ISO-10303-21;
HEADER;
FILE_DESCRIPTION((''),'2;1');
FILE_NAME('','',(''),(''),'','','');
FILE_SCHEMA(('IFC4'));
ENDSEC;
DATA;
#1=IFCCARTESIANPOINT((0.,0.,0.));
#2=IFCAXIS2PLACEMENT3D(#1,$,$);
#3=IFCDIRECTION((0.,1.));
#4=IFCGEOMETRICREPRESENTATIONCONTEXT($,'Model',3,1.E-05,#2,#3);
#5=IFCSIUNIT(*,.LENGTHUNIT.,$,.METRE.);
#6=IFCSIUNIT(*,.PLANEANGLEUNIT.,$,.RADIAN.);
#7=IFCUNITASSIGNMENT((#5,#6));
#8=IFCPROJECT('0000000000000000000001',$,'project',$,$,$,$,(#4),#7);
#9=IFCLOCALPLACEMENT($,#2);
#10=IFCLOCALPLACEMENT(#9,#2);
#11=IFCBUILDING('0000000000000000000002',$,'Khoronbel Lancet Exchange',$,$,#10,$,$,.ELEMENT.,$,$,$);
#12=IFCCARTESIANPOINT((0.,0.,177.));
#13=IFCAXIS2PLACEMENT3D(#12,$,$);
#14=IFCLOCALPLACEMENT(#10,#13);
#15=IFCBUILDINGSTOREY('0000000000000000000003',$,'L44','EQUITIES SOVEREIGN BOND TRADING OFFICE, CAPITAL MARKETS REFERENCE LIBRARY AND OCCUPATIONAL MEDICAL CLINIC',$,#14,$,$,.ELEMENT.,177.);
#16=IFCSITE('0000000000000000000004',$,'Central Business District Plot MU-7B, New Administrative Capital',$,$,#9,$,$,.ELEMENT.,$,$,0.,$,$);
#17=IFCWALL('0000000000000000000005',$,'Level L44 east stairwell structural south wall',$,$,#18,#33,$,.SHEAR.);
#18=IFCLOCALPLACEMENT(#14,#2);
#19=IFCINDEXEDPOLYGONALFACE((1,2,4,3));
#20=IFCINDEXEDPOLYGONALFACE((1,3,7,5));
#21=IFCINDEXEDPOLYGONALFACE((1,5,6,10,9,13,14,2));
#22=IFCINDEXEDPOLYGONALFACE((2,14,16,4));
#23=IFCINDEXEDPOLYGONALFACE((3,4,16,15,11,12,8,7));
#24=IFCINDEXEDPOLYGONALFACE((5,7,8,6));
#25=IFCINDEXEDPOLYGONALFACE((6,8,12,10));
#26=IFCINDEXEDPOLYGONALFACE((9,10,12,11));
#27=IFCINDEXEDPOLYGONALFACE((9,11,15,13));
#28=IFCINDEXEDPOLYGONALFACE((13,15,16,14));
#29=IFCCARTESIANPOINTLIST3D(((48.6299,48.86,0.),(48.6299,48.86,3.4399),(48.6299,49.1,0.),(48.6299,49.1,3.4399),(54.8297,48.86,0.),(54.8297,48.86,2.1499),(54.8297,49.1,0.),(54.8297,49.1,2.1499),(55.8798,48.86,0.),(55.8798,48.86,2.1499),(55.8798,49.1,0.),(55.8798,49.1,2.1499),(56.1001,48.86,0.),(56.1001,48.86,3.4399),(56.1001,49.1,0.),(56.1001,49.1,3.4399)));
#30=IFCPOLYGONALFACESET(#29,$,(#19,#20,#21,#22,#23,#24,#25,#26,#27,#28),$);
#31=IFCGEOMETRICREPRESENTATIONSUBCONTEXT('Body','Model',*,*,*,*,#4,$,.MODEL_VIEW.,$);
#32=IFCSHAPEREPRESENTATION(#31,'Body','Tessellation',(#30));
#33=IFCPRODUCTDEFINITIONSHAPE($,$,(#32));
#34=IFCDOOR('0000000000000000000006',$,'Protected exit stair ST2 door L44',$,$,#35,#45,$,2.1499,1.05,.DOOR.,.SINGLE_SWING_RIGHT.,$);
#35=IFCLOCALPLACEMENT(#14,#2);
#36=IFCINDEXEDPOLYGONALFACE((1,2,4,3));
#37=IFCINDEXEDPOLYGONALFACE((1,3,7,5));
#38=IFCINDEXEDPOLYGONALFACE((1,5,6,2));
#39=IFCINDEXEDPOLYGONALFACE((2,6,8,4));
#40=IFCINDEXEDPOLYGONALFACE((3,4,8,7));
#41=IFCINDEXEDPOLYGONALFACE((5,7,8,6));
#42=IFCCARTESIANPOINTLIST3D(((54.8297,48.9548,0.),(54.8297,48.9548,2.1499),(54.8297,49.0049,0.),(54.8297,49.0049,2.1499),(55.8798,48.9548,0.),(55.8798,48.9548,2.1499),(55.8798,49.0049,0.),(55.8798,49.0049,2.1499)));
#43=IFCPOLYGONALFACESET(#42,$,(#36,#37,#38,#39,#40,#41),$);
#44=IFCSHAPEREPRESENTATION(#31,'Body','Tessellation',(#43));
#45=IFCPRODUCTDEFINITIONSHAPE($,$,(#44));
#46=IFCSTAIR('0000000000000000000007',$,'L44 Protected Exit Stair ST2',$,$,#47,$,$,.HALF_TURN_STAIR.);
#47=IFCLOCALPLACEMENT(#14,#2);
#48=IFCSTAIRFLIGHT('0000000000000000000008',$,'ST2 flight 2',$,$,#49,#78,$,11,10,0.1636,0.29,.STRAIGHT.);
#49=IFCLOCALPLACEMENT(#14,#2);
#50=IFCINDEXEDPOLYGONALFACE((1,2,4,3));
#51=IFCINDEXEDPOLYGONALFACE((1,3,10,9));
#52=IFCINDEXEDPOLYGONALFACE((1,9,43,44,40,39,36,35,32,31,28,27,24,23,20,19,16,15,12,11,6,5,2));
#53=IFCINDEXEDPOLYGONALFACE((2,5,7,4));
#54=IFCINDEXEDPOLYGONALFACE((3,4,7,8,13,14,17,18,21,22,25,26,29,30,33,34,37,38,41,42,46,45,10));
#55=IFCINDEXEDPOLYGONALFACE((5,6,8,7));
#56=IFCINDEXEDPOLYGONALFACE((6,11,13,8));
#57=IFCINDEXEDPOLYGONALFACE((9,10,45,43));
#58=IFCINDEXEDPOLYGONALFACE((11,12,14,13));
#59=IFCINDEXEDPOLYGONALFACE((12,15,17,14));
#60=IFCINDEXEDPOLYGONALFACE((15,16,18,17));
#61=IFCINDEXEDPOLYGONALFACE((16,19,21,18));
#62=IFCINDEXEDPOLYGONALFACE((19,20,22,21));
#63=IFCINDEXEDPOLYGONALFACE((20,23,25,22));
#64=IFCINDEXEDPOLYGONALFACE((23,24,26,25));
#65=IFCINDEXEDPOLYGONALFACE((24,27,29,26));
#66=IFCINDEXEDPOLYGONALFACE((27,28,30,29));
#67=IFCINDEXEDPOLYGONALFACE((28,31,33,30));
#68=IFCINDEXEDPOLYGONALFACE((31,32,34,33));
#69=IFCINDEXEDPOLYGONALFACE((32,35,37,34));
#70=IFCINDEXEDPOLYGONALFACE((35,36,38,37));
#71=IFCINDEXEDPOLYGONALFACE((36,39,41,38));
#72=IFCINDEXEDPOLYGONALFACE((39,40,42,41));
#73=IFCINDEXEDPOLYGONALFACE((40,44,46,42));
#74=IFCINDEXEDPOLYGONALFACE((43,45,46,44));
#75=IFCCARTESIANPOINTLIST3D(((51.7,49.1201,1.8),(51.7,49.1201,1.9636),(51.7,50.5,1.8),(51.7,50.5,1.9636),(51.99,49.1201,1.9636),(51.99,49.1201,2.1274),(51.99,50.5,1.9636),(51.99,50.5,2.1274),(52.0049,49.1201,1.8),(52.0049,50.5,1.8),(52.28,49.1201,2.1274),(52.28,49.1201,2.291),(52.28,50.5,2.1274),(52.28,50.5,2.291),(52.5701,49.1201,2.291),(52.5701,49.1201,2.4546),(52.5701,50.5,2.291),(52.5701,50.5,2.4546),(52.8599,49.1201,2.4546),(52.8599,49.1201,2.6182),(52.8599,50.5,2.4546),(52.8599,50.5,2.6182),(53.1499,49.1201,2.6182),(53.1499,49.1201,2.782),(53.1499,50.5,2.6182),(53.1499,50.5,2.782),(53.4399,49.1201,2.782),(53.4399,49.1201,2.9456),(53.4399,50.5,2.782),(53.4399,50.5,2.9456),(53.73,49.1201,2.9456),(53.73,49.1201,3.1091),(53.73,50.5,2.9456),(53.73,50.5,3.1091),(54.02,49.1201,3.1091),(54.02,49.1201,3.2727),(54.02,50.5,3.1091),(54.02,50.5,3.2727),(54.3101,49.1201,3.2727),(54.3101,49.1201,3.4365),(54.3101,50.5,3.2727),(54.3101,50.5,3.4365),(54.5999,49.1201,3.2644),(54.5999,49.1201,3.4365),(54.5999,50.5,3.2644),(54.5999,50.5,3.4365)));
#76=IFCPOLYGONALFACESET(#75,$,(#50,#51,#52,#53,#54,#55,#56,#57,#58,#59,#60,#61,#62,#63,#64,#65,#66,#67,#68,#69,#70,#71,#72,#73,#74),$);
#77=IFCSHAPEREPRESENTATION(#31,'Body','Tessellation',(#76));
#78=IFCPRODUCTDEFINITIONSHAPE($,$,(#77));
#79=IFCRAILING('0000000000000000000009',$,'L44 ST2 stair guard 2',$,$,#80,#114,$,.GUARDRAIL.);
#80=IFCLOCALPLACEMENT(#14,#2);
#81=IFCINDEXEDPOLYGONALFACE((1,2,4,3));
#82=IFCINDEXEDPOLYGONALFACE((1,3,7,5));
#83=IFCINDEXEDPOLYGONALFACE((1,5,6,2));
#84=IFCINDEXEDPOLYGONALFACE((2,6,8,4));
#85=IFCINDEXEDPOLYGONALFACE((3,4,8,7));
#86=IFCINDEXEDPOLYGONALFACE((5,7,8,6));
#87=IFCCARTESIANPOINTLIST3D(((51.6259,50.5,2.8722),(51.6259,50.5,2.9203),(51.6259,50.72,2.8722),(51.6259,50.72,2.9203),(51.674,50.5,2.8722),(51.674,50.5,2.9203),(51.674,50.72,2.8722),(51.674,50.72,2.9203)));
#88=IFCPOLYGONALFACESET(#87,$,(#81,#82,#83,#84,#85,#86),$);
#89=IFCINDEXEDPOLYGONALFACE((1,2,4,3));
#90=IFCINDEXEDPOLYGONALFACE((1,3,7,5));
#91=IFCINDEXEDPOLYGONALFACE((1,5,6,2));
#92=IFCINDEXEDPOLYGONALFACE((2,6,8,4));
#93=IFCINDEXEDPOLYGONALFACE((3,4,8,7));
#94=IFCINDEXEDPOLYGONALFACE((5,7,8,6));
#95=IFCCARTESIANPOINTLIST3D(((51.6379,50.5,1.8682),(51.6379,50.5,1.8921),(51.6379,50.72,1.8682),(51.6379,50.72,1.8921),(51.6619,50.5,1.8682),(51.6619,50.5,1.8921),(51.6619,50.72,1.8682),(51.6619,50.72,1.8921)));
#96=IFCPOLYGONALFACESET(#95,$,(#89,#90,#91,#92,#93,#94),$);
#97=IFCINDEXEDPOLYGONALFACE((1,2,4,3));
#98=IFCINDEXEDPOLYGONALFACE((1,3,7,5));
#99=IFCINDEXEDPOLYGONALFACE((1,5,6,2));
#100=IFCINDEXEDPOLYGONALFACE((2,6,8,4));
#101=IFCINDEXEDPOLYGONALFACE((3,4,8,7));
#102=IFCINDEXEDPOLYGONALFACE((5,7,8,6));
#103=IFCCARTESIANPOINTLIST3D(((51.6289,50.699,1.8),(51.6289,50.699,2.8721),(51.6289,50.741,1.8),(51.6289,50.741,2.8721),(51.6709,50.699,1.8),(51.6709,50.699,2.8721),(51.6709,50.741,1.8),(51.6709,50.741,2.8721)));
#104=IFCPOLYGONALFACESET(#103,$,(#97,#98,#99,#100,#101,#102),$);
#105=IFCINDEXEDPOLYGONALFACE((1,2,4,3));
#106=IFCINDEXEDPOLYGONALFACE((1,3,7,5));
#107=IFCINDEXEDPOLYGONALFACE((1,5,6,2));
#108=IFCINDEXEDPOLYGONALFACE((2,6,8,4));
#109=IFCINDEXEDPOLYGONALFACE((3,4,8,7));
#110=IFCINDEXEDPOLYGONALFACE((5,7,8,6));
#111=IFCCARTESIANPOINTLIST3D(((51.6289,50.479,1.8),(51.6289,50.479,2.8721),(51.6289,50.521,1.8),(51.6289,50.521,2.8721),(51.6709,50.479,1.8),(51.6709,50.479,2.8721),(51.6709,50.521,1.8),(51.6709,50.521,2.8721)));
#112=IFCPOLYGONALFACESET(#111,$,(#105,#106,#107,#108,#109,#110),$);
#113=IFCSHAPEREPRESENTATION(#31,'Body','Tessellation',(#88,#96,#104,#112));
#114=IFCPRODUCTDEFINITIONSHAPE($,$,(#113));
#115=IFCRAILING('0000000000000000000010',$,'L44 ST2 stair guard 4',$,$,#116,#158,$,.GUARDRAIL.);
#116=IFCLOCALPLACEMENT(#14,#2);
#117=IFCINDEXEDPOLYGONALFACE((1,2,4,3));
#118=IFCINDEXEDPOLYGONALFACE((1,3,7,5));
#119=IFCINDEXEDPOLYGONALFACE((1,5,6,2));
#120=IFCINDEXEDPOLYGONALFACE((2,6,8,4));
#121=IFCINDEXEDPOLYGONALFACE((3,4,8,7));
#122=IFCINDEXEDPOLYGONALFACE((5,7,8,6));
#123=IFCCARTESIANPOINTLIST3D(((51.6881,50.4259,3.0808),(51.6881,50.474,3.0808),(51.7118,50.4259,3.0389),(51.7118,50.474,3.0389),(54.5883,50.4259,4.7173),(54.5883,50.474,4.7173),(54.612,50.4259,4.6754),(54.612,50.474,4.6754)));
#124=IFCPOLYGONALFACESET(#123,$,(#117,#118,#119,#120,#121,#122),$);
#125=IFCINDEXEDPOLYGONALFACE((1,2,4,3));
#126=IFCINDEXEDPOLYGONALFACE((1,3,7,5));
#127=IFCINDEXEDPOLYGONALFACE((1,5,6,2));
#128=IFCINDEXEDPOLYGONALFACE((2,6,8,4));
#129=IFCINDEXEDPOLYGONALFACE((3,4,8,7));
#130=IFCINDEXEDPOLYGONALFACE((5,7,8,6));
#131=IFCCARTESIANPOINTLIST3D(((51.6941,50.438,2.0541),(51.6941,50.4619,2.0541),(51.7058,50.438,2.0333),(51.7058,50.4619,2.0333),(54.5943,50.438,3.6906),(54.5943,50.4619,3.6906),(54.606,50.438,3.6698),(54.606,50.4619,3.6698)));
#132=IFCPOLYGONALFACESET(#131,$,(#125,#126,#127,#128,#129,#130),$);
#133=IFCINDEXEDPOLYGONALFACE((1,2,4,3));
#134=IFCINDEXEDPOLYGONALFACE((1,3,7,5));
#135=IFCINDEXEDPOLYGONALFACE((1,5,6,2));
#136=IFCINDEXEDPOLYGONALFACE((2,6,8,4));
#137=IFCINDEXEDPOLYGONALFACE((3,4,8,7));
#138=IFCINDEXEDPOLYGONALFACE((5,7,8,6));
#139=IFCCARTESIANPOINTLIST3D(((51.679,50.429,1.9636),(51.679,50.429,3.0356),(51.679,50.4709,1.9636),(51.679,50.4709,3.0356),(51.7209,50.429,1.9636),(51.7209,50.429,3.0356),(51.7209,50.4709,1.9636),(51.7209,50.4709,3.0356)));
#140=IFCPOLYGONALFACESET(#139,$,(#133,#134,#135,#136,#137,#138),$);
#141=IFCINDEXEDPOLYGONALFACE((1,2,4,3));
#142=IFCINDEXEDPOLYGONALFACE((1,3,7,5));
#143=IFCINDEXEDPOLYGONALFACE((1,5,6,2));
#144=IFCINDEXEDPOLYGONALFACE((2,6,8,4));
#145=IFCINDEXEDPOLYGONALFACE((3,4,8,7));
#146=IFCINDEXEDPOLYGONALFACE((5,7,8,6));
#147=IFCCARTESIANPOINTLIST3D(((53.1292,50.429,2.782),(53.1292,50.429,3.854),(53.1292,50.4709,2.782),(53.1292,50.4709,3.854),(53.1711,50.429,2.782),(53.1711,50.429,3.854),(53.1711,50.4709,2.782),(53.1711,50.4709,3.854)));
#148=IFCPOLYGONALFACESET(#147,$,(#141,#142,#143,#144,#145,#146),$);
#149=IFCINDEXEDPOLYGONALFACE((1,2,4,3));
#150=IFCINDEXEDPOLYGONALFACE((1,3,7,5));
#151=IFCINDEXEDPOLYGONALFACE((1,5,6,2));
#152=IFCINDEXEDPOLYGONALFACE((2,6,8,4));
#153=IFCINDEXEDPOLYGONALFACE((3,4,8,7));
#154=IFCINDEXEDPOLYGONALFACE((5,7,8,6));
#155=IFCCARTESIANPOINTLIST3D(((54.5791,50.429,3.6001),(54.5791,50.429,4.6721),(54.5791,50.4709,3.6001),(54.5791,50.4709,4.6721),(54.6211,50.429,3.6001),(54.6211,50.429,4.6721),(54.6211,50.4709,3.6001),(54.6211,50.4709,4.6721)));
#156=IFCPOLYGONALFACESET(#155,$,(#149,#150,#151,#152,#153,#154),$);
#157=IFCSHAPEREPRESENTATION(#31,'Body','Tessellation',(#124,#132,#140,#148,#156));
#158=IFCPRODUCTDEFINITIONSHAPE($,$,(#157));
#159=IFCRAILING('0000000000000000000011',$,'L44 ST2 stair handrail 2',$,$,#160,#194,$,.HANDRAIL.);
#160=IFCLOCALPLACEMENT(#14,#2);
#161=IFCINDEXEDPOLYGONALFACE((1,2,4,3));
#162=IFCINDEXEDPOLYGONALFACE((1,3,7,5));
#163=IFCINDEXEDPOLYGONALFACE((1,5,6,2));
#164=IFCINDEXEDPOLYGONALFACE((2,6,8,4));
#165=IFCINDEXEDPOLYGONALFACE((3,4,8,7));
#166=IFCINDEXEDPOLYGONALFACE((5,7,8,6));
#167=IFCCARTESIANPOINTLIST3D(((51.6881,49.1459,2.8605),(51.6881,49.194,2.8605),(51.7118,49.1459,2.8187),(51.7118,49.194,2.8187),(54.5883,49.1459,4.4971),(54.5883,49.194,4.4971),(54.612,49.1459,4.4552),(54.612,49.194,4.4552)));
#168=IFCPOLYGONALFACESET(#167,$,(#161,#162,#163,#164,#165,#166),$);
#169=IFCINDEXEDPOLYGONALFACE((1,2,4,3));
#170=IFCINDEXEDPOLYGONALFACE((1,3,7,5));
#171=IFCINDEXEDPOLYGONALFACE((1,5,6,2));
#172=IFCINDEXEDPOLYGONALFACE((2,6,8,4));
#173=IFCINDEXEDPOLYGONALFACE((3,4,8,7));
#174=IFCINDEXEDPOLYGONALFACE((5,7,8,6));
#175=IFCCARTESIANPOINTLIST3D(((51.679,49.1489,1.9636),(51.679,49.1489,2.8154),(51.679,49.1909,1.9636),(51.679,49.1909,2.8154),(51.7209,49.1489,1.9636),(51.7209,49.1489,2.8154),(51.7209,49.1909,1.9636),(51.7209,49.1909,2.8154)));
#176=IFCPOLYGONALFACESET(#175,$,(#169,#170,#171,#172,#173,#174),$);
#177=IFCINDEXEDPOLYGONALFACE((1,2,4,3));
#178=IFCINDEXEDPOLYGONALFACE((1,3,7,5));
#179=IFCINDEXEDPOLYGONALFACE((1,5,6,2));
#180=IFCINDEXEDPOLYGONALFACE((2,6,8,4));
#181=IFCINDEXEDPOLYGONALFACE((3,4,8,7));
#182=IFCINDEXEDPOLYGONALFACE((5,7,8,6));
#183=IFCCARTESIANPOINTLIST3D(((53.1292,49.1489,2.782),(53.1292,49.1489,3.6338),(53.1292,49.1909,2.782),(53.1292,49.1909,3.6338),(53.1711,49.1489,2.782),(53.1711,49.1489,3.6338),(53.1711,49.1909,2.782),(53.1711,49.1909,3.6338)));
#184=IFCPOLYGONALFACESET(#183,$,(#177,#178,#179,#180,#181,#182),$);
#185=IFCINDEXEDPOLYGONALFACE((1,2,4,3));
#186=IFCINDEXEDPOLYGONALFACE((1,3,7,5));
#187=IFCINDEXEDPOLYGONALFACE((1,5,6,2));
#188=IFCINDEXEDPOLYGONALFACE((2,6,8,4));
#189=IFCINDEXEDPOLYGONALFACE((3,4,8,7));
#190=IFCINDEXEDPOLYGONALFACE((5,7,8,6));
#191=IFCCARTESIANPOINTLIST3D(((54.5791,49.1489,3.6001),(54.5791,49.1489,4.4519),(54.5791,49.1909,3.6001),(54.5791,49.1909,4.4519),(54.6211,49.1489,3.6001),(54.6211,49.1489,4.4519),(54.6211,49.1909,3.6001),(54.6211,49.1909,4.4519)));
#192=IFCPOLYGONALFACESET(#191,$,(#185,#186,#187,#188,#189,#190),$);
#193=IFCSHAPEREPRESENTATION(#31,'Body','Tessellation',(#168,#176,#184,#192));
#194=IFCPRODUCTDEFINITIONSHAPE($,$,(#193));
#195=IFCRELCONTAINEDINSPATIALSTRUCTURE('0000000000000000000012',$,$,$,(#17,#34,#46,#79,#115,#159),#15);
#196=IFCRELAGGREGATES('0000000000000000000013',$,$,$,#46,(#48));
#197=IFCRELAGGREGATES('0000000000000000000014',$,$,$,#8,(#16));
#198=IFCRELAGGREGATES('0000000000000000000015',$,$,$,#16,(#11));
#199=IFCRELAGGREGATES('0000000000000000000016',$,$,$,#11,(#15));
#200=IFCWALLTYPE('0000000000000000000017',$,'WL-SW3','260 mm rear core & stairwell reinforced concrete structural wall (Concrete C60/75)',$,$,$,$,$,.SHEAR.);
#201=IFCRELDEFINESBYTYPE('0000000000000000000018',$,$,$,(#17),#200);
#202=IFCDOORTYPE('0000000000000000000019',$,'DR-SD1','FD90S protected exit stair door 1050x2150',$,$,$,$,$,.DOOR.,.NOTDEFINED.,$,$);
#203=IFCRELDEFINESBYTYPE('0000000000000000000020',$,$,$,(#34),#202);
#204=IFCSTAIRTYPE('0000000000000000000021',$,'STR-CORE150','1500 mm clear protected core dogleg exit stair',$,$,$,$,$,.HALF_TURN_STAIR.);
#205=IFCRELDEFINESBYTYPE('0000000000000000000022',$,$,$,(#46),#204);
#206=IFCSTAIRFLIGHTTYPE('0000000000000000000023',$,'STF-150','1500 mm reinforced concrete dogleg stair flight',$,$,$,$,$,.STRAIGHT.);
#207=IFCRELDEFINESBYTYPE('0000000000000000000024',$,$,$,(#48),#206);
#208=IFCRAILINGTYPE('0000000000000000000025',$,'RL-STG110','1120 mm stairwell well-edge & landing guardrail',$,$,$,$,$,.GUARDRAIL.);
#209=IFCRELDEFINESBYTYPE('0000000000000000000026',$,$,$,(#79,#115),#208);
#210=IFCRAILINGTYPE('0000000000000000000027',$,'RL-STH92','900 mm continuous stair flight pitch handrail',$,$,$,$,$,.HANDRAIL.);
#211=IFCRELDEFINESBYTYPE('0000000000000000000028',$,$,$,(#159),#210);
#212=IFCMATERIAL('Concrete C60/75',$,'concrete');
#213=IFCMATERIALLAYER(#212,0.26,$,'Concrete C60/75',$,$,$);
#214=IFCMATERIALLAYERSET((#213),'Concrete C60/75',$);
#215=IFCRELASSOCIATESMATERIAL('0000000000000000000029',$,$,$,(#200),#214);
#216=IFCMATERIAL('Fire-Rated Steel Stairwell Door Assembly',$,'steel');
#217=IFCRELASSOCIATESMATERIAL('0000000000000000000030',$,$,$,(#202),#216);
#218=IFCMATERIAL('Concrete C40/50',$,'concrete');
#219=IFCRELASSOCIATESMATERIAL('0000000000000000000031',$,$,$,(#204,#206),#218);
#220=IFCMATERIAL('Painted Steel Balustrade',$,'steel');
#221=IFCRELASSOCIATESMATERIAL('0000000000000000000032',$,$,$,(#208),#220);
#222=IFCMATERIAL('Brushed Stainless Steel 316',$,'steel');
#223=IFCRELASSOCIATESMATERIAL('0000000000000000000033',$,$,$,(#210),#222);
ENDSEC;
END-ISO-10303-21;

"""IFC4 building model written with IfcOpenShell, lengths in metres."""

from ifc_helpers import new_model, si_unit, direction, frame, frame_2d, origin, origin_2d, place, context, subcontext, project, spatial, polyline, rectangle, outline, extrude, material, layer, layer_set, type_object, element, fill, aggregate, save


model = new_model("IFC4")

# Units and contexts
model_context = context("Model", 3, precision=1e-05, world=origin(), true_north=direction((0.0, 1.0)))
body_context = subcontext(model_context, "Body", "Model", "MODEL_VIEW")
ifc_project = project(units=[si_unit("LENGTHUNIT", "METRE"), si_unit("PLANEANGLEUNIT", "RADIAN")], contexts=[model_context])

# Site, building, storey
site_placement = place(None, origin())
site = spatial("IfcSite", under=ifc_project, at=site_placement, Name="Central Business District Plot MU-7B, New Administrative Capital", CompositionType="ELEMENT", RefElevation=0.0)
building_placement = place(site_placement, origin())
building = spatial("IfcBuilding", under=site, at=building_placement, Name="Khoronbel Lancet Exchange", CompositionType="ELEMENT")
storey_placement = place(building_placement, frame((0.0, 0.0, 177.0)))
storey = spatial("IfcBuildingStorey", under=building, at=storey_placement, Name="L44", Description="EQUITIES SOVEREIGN BOND TRADING OFFICE, CAPITAL MARKETS REFERENCE LIBRARY AND OCCUPATIONAL MEDICAL CLINIC", CompositionType="ELEMENT", Elevation=177.0)

# Shared definitions
ifc_material_1 = material(Name="Concrete C60/75", Category="concrete")

# Wall, opening, door
ifc_layer_1 = layer(ifc_material_1, 0.26, Name="Concrete C60/75")
ifc_layer_set_1 = layer_set([ifc_layer_1], Name="Concrete C60/75")
wall_type_1 = type_object("IfcWallType", Name="WL-SW3", Description="260 mm rear core & stairwell reinforced concrete structural wall (Concrete C60/75)", PredefinedType="SHEAR", material=ifc_layer_set_1)
wall_1_placement = place(storey_placement, frame((48.6299, 48.98, 0.0), z_axis=(0.0, 0.0, 1.0), x_axis=(1.0, 0.0, 0.0)))
wall_1 = element("IfcWall", 1, at=wall_1_placement, inside=storey, type_object=wall_type_1, Name="Level L44 east stairwell structural south wall", PredefinedType="SHEAR", context=body_context, shape_type="SweptSolid", body=[
    extrude(rectangle(XDim=7.4702, YDim=0.24, at=frame_2d((3.7351, 0.0))), origin(), (0.0, 0.0, 1.0), 3.4399),
])
opening_1_placement = place(wall_1_placement, frame((6.2, 0.0, 0.0)))
opening_1 = element("IfcOpeningElement", 2, at=opening_1_placement, cuts=wall_1, PredefinedType="OPENING", context=body_context, shape_type="SweptSolid", body=[
    extrude(rectangle(XDim=1.05, YDim=2.1499, at=frame_2d((0.5249, 1.075))), frame((0.0, 0.1299, 0.0), z_axis=(0.0, -1.0, 0.0), x_axis=(1.0, 0.0, 0.0)), (0.0, 0.0, 1.0), 0.26),
])
ifc_material_2 = material(Name="Fire-Rated Steel Stairwell Door Assembly", Category="steel")
door_type_1 = type_object("IfcDoorType", Name="DR-SD1", Description="FD90S protected exit stair door 1050x2150", OperationType="NOTDEFINED", PredefinedType="DOOR", material=ifc_material_2)
door_1_placement = place(opening_1_placement, origin())
door_1 = element("IfcDoor", 3, at=door_1_placement, inside=storey, type_object=door_type_1, Name="Protected exit stair ST2 door L44", OperationType="SINGLE_SWING_RIGHT", OverallHeight=2.1499, OverallWidth=1.05, PredefinedType="DOOR", context=body_context, shape_type="SweptSolid", body=[
    extrude(rectangle(XDim=1.05, YDim=2.1499, at=frame_2d((0.5249, 1.075))), frame((0.0, 0.0249, 0.0), z_axis=(0.0, -1.0, 0.0), x_axis=(1.0, 0.0, 0.0)), (0.0, 0.0, 1.0), 0.05),
])
fill(opening_1, door_1)

# Stair, stair flight
ifc_material_3 = material(Name="Concrete C40/50", Category="concrete")
stair_type = type_object("IfcStairType", Name="STR-CORE150", Description="1500 mm clear protected core dogleg exit stair", PredefinedType="HALF_TURN_STAIR", material=ifc_material_3)
stair_placement = place(storey_placement, origin())
stair = element("IfcStair", 4, at=stair_placement, inside=storey, type_object=stair_type, Name="L44 Protected Exit Stair ST2", PredefinedType="HALF_TURN_STAIR")
stair_flight_type = type_object("IfcStairFlightType", Name="STF-150", Description="1500 mm reinforced concrete dogleg stair flight", PredefinedType="STRAIGHT", material=ifc_material_3)
stair_flight_placement = place(storey_placement, frame((51.7, 49.8101, 1.8), z_axis=(0.0, 0.0, 1.0), x_axis=(1.0, 0.0, 0.0)))
stair_flight = element("IfcStairFlight", 5, at=stair_flight_placement, type_object=stair_flight_type, Name="ST2 flight 2", NumberOfRisers=11, NumberOfTreads=10, PredefinedType="STRAIGHT", RiserHeight=0.1636, TreadLength=0.29, context=body_context, shape_type="SweptSolid", body=[
    extrude(outline(polyline([(0.0, 0.0), (0.0, 0.1636), (0.29, 0.1636), (0.29, 0.3274), (0.5801, 0.3274), (0.5801, 0.491), (0.8701, 0.491), (0.8701, 0.6545), (1.1599, 0.6545), (1.1599, 0.8181), (1.45, 0.8181), (1.45, 0.9819), (1.74, 0.9819), (1.74, 1.1455), (2.03, 1.1455), (2.03, 1.3091), (2.3201, 1.3091), (2.3201, 1.4727), (2.6101, 1.4727), (2.6101, 1.6365), (2.8999, 1.6365), (2.8999, 1.8), (2.8999, 1.4644), (0.3049, 0.0), (0.0, 0.0)])), frame((0.0, 0.6899, 0.0), z_axis=(0.0, -1.0, 0.0), x_axis=(1.0, 0.0, 0.0)), (0.0, 0.0, 1.0), 1.3799),
])
aggregate(stair, [stair_flight])

# Railings
ifc_material_4 = material(Name="Painted Steel Balustrade", Category="steel")
railing_type_1 = type_object("IfcRailingType", Name="RL-STG110", Description="1120 mm stairwell well-edge & landing guardrail", PredefinedType="GUARDRAIL", material=ifc_material_4)
railing_1_placement = place(storey_placement, frame((51.6499, 50.72, 1.8)))
element("IfcRailing", 6, at=railing_1_placement, inside=storey, type_object=railing_type_1, Name="L44 ST2 stair guard 2", PredefinedType="GUARDRAIL", context=body_context, shape_type="SweptSolid", body=[
    extrude(rectangle(XDim=0.0481, YDim=0.0481, at=origin_2d()), frame((0.0, 0.0, 1.0962), z_axis=(0.0, -1.0, 0.0), x_axis=(1.0, 0.0, 0.0)), (0.0, 0.0, 1.0), 0.22),
    extrude(rectangle(XDim=0.0239, YDim=0.0239, at=origin_2d()), frame((0.0, 0.0, 0.0801), z_axis=(0.0, -1.0, 0.0), x_axis=(1.0, 0.0, 0.0)), (0.0, 0.0, 1.0), 0.22),
    extrude(rectangle(XDim=0.042, YDim=0.042, at=origin_2d()), origin(), (0.0, 0.0, 1.0), 1.072),
    extrude(rectangle(XDim=0.042, YDim=0.042, at=origin_2d()), frame((0.0, -0.22, 0.0)), (0.0, 0.0, 1.0), 1.072),
])
railing_2_placement = place(storey_placement, frame((51.7, 50.45, 1.9636)))
element("IfcRailing", 7, at=railing_2_placement, inside=storey, type_object=railing_type_1, Name="L44 ST2 stair guard 4", PredefinedType="GUARDRAIL", context=body_context, shape_type="SweptSolid", body=[
    extrude(rectangle(XDim=0.0481, YDim=0.0481, at=origin_2d()), frame((0.0, 0.0, 1.0962), z_axis=(0.870915, 0.0, 0.491434), x_axis=(0.0, 1.0, 0.0)), (0.0, 0.0, 1.0), 3.3301),
    extrude(rectangle(XDim=0.0239, YDim=0.0239, at=origin_2d()), frame((0.0, 0.0, 0.0801), z_axis=(0.870915, 0.0, 0.491434), x_axis=(0.0, 1.0, 0.0)), (0.0, 0.0, 1.0), 3.3301),
    extrude(rectangle(XDim=0.042, YDim=0.042, at=origin_2d()), origin(), (0.0, 0.0, 1.0), 1.072),
    extrude(rectangle(XDim=0.042, YDim=0.042, at=origin_2d()), frame((1.4502, 0.0, 0.8184)), (0.0, 0.0, 1.0), 1.072),
    extrude(rectangle(XDim=0.042, YDim=0.042, at=origin_2d()), frame((2.9001, 0.0, 1.6365)), (0.0, 0.0, 1.0), 1.072),
])
ifc_material_5 = material(Name="Brushed Stainless Steel 316", Category="steel")
railing_type_2 = type_object("IfcRailingType", Name="RL-STH92", Description="900 mm continuous stair flight pitch handrail", PredefinedType="HANDRAIL", material=ifc_material_5)
railing_3_placement = place(storey_placement, frame((51.7, 49.1699, 1.9636)))
element("IfcRailing", 8, at=railing_3_placement, inside=storey, type_object=railing_type_2, Name="L44 ST2 stair handrail 2", PredefinedType="HANDRAIL", context=body_context, shape_type="SweptSolid", body=[
    extrude(rectangle(XDim=0.0481, YDim=0.0481, at=origin_2d()), frame((0.0, 0.0, 0.876), z_axis=(0.870915, 0.0, 0.491434), x_axis=(0.0, 1.0, 0.0)), (0.0, 0.0, 1.0), 3.3301),
    extrude(rectangle(XDim=0.042, YDim=0.042, at=origin_2d()), origin(), (0.0, 0.0, 1.0), 0.8518),
    extrude(rectangle(XDim=0.042, YDim=0.042, at=origin_2d()), frame((1.4502, 0.0, 0.8184)), (0.0, 0.0, 1.0), 0.8518),
    extrude(rectangle(XDim=0.042, YDim=0.042, at=origin_2d()), frame((2.9001, 0.0, 1.6365)), (0.0, 0.0, 1.0), 0.8518),
])

save(model, "model.ifc")
